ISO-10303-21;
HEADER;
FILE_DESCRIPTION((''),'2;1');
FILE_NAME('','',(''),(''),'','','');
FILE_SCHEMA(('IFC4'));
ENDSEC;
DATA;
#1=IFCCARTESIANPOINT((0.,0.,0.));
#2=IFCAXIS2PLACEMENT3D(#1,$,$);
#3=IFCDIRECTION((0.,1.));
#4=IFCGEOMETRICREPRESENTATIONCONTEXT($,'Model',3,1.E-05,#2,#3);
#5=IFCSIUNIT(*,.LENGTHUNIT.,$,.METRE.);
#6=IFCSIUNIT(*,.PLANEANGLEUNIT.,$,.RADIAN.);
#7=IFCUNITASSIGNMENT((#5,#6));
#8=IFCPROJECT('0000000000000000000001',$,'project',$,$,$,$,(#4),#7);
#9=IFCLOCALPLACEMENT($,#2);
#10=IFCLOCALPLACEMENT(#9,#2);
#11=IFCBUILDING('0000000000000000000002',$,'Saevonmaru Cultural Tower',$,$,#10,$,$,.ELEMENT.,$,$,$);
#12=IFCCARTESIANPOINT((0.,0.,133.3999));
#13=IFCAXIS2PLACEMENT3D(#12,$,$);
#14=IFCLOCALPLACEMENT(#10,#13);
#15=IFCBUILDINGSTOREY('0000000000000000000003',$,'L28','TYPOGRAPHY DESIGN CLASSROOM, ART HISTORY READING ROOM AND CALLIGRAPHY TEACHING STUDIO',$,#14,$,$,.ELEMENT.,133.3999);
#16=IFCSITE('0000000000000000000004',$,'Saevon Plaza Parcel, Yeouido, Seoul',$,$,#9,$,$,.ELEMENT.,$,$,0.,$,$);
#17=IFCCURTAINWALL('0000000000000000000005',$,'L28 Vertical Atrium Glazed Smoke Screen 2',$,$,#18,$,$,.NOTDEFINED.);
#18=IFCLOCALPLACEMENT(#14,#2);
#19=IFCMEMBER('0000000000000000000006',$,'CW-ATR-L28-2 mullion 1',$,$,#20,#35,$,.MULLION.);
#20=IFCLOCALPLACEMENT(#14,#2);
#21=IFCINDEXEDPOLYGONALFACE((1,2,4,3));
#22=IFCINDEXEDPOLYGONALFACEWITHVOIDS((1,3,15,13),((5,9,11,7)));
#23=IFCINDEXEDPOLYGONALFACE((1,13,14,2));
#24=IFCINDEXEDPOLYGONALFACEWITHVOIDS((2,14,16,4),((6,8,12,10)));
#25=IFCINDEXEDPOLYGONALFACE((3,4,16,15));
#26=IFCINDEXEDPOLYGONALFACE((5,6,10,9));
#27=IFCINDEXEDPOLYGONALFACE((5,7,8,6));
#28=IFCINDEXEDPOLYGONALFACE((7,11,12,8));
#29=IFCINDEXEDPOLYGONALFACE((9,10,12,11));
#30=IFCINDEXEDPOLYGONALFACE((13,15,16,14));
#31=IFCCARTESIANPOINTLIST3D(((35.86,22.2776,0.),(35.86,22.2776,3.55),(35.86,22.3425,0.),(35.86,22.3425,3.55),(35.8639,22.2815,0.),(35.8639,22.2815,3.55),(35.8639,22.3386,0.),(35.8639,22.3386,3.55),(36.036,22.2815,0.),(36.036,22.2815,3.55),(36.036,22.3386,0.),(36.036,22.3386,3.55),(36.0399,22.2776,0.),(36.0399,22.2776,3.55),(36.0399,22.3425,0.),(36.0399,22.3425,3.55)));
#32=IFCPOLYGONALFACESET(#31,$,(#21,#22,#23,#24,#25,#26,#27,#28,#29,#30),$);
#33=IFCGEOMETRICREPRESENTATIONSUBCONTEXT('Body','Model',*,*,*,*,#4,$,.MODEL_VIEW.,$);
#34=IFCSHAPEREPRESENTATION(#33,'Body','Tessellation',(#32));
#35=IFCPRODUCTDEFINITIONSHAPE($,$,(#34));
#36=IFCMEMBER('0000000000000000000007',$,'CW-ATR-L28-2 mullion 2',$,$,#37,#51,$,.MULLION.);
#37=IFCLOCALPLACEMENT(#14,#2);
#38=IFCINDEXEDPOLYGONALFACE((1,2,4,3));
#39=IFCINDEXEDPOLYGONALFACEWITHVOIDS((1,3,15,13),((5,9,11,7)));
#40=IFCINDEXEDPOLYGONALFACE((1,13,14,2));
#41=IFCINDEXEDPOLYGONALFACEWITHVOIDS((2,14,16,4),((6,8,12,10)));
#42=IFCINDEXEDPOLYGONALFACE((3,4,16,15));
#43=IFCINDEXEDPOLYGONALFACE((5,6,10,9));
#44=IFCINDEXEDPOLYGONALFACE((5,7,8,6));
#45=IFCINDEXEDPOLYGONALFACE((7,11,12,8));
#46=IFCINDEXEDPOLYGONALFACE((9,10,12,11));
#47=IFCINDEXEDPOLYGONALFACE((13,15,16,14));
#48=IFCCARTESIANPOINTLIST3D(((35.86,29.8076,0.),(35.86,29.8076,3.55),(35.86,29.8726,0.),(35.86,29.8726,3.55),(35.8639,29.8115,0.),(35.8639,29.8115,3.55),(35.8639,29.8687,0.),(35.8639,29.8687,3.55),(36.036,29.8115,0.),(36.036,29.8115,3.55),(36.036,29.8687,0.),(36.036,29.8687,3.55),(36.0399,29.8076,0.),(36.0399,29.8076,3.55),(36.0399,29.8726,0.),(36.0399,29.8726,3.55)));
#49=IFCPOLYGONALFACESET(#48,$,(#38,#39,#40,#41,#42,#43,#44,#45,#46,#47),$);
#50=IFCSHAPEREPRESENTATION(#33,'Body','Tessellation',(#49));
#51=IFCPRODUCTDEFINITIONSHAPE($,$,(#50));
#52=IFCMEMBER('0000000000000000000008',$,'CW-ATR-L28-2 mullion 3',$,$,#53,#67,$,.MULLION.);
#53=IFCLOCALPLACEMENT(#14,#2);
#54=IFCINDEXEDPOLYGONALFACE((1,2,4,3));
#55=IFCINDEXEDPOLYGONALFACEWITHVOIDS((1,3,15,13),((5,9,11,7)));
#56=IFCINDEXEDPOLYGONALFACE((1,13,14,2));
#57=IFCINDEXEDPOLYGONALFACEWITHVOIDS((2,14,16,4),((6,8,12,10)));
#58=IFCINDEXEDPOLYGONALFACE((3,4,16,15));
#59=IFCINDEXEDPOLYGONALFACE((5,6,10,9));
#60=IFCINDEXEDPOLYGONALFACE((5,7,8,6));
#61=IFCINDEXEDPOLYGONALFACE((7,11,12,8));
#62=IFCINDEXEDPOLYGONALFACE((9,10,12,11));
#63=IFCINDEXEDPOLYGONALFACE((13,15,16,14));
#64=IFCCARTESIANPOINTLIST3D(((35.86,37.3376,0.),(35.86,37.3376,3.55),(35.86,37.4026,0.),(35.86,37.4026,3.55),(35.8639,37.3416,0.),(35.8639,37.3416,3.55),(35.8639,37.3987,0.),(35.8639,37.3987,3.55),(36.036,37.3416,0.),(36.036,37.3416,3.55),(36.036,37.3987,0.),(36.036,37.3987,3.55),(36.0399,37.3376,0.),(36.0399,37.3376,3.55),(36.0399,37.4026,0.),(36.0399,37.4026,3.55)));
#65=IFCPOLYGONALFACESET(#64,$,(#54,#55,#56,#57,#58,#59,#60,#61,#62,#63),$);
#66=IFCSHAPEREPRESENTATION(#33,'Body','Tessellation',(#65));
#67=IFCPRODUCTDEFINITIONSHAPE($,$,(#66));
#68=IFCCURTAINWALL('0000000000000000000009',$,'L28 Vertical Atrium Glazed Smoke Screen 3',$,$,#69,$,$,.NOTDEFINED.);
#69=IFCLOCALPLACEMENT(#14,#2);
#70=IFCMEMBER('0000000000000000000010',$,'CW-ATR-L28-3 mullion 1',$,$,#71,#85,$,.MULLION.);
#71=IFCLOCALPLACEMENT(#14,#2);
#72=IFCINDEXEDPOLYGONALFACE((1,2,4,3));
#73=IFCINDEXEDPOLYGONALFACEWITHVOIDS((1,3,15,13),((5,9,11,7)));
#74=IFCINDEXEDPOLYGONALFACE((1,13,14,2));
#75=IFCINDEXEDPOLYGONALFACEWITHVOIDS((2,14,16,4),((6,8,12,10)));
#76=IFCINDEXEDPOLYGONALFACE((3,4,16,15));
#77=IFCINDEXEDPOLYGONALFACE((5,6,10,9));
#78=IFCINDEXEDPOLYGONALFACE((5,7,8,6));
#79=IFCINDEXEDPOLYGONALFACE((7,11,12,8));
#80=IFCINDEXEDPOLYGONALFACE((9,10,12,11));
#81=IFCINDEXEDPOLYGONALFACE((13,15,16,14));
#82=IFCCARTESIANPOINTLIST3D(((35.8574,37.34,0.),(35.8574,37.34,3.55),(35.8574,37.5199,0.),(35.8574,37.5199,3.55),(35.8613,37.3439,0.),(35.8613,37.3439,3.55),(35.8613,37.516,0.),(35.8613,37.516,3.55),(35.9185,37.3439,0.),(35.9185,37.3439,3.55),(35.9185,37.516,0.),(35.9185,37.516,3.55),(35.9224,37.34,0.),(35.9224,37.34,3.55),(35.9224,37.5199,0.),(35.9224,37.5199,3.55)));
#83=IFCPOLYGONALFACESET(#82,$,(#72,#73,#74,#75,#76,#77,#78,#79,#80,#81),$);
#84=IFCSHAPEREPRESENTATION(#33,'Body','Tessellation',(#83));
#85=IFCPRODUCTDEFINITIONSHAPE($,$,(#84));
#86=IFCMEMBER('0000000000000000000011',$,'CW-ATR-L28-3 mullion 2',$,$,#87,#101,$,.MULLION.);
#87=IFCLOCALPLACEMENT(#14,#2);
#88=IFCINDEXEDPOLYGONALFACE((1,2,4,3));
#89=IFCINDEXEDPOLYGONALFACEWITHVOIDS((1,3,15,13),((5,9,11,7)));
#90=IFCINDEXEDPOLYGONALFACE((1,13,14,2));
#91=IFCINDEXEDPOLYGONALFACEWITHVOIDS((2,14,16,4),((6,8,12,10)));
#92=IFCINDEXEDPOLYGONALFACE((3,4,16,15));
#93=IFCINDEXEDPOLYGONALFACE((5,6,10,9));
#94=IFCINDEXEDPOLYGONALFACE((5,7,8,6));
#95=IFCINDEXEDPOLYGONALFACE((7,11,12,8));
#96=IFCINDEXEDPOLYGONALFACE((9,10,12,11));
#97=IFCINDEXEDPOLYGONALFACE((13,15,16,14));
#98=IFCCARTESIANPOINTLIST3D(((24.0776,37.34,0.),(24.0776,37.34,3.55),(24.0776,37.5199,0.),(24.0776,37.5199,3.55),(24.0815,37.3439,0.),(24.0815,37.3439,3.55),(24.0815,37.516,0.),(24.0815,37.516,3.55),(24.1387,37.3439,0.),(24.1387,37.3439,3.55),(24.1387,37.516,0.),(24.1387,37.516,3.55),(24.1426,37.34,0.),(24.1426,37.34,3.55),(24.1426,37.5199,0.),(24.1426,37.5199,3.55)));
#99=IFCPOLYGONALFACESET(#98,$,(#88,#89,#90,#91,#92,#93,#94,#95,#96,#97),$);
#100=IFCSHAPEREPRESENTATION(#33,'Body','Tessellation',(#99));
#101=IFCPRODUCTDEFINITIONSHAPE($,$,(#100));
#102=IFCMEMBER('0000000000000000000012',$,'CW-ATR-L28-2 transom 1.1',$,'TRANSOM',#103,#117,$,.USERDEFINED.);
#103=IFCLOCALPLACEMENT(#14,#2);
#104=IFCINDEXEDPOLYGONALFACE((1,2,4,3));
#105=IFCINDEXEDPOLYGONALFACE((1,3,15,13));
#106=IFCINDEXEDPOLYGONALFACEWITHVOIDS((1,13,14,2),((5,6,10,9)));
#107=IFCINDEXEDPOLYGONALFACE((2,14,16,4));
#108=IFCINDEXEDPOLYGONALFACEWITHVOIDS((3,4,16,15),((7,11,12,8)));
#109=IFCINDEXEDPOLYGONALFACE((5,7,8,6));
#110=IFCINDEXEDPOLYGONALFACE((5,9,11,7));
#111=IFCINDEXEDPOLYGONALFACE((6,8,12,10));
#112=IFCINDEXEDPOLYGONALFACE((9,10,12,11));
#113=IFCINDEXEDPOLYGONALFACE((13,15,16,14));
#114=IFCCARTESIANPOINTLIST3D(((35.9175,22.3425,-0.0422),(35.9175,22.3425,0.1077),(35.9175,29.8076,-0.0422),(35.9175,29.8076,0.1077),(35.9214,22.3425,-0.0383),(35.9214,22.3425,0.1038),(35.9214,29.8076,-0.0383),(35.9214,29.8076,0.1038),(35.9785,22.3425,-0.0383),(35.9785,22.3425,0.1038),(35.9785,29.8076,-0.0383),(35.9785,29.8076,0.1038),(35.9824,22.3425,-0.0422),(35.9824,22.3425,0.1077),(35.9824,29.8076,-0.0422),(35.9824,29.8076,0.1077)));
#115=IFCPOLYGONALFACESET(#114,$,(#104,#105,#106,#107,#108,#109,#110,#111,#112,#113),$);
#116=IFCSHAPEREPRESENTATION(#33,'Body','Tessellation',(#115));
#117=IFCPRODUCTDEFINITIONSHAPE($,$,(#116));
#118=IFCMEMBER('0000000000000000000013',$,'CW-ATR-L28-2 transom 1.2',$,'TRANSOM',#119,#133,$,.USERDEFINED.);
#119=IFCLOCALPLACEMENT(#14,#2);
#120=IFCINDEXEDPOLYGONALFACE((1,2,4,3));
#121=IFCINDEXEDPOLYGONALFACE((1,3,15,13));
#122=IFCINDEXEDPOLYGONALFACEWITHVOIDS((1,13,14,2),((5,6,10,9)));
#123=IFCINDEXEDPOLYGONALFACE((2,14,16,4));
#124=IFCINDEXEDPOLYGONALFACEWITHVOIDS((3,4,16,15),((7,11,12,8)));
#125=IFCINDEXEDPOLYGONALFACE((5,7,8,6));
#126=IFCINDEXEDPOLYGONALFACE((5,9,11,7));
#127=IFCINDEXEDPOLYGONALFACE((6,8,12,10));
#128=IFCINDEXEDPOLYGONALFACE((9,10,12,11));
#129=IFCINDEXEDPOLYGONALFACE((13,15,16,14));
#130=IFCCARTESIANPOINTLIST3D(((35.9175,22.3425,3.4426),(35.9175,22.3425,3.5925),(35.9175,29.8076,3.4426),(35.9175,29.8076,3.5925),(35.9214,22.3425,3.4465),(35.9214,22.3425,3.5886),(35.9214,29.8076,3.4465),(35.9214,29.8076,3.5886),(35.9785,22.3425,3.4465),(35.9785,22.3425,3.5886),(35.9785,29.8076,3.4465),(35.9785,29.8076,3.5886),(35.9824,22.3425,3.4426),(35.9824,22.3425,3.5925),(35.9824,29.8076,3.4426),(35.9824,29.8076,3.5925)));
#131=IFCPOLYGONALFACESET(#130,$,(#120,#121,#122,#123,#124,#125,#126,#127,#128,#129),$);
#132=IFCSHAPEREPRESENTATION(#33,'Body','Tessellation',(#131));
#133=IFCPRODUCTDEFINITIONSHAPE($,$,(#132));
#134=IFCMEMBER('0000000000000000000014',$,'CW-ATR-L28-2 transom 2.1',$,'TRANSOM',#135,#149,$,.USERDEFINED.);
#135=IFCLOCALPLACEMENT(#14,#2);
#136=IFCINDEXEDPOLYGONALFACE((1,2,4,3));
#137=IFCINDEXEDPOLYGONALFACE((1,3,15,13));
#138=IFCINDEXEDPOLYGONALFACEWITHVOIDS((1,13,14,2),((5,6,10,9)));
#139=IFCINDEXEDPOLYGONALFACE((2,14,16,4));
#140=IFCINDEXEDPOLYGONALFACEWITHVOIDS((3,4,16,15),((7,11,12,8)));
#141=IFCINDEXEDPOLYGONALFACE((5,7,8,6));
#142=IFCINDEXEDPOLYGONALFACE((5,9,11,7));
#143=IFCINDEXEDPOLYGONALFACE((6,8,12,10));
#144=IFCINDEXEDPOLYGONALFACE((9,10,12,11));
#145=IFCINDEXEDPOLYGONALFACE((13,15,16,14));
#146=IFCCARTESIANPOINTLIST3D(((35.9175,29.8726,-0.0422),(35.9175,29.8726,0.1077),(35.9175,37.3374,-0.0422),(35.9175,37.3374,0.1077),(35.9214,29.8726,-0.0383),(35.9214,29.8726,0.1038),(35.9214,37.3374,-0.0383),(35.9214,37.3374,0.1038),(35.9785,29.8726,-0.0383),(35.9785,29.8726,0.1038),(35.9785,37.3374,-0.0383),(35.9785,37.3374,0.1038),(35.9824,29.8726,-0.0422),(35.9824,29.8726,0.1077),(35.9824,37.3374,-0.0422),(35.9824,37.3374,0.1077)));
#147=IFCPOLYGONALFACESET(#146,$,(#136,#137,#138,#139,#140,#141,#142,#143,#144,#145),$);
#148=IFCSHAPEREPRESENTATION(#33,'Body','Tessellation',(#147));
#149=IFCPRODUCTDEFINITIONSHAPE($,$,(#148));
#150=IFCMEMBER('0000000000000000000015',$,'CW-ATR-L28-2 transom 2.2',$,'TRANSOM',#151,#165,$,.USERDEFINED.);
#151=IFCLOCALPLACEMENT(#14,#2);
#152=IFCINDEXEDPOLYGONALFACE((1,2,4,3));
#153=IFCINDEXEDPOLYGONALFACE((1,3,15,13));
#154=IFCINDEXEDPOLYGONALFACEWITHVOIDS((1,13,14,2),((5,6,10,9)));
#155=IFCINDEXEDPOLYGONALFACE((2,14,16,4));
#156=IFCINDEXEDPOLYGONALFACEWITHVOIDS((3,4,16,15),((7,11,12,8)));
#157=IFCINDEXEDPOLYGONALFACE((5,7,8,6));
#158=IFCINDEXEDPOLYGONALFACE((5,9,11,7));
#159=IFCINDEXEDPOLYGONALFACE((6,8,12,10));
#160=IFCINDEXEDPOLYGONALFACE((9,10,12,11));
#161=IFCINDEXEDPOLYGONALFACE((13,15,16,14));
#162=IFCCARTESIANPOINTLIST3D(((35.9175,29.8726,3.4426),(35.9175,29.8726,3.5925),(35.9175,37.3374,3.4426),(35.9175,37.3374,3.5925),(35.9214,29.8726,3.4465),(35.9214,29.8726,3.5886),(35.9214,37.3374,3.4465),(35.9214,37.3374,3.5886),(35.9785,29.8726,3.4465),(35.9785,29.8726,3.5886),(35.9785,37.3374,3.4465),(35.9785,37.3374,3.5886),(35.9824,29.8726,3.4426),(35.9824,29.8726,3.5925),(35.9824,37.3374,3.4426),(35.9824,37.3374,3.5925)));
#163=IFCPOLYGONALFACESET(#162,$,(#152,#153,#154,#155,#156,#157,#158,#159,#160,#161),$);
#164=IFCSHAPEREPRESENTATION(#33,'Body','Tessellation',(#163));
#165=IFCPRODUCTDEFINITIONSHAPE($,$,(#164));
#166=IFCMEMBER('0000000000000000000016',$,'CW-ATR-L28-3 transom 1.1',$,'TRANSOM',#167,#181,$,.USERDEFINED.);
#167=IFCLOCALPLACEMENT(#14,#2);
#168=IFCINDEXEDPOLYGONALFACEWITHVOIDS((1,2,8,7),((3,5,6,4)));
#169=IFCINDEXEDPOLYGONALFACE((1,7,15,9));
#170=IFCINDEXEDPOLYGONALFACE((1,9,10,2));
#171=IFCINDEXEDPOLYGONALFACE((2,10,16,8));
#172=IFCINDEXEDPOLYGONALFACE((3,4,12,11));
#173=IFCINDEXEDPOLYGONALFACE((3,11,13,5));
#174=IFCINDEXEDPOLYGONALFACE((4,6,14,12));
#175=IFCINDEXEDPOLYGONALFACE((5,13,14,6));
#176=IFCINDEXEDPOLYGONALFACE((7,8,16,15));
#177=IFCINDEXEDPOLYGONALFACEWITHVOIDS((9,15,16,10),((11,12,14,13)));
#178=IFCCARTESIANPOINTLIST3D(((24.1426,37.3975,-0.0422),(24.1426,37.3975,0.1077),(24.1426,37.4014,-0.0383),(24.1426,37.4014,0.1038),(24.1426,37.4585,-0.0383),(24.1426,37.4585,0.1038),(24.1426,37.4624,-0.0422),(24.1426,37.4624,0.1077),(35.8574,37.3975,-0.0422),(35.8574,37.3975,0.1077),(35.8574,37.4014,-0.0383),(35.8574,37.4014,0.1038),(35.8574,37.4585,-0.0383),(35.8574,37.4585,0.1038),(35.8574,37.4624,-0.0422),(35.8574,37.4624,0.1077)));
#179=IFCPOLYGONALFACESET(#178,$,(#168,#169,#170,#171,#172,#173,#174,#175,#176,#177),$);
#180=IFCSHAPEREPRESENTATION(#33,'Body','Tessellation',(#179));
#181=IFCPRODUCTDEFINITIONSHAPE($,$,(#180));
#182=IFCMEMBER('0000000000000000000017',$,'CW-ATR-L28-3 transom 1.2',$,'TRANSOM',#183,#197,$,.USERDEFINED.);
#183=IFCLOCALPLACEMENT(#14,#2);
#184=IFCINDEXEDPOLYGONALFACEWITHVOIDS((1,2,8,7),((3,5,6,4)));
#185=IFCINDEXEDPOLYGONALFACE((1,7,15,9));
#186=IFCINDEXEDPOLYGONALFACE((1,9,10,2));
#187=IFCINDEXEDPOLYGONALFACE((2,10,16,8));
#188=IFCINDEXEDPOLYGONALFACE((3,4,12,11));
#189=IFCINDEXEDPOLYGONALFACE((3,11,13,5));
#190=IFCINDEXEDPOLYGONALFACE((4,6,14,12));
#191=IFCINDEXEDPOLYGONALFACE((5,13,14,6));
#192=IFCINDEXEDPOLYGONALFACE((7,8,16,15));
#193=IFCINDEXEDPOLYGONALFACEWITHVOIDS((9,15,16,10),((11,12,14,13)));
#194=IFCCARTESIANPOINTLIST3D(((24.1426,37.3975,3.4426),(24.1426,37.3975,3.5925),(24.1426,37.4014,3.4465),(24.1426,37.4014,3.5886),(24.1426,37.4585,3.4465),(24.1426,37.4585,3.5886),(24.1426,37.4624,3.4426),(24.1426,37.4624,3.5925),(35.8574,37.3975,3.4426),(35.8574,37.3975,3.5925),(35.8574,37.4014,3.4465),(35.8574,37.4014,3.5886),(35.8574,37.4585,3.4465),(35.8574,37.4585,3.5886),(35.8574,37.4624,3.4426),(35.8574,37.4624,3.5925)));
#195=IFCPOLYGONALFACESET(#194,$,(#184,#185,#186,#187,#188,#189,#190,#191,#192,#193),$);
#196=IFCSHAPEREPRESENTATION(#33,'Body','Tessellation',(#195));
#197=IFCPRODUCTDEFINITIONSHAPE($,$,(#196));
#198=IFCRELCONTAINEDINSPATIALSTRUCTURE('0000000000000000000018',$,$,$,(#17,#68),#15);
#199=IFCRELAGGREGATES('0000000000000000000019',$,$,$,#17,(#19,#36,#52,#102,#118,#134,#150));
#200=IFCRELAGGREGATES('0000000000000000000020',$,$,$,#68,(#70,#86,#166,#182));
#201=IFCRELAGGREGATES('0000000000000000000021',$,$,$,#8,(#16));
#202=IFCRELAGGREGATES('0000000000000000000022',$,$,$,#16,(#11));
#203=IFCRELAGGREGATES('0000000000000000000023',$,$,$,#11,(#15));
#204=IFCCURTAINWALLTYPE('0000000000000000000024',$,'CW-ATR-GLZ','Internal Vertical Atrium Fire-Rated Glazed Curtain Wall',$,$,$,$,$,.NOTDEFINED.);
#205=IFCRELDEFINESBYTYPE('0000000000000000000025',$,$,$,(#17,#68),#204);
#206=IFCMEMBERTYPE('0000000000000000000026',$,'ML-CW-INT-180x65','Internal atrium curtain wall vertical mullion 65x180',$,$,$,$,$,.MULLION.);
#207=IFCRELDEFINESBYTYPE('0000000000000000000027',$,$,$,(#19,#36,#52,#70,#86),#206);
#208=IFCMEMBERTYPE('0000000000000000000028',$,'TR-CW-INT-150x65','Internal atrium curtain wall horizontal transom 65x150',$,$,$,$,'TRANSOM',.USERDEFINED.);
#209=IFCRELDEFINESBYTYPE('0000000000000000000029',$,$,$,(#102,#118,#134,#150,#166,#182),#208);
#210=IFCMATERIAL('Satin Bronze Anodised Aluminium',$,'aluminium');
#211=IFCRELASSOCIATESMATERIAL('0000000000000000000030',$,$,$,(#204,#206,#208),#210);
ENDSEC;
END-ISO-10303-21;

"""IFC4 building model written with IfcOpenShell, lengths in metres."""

from ifc_helpers import new_model, si_unit, direction, frame, origin, origin_2d, place, context, subcontext, project, spatial, hollow_rectangle, extrude, material, material_profile, profile_set, type_object, element, aggregate, save


model = new_model("IFC4")

# Units and contexts
model_context = context("Model", 3, precision=1e-05, world=origin(), true_north=direction((0.0, 1.0)))
body_context = subcontext(model_context, "Body", "Model", "MODEL_VIEW")
ifc_project = project(units=[si_unit("LENGTHUNIT", "METRE"), si_unit("PLANEANGLEUNIT", "RADIAN")], contexts=[model_context])

# Site, building, storey
site_placement = place(None, origin())
site = spatial("IfcSite", under=ifc_project, at=site_placement, Name="Saevon Plaza Parcel, Yeouido, Seoul", CompositionType="ELEMENT", RefElevation=0.0)
building_placement = place(site_placement, origin())
building = spatial("IfcBuilding", under=site, at=building_placement, Name="Saevonmaru Cultural Tower", CompositionType="ELEMENT")
storey_placement = place(building_placement, frame((0.0, 0.0, 133.3999)))
storey = spatial("IfcBuildingStorey", under=building, at=storey_placement, Name="L28", Description="TYPOGRAPHY DESIGN CLASSROOM, ART HISTORY READING ROOM AND CALLIGRAPHY TEACHING STUDIO", CompositionType="ELEMENT", Elevation=133.3999)

# Curtain walls, members
ifc_material_1 = material(Name="Satin Bronze Anodised Aluminium", Category="aluminium")
curtain_wall_type = type_object("IfcCurtainWallType", Name="CW-ATR-GLZ", Description="Internal Vertical Atrium Fire-Rated Glazed Curtain Wall", PredefinedType="NOTDEFINED", material=ifc_material_1)
curtain_wall_1_placement = place(storey_placement, origin())
curtain_wall_1 = element("IfcCurtainWall", 1, at=curtain_wall_1_placement, inside=storey, type_object=curtain_wall_type, Name="L28 Vertical Atrium Glazed Smoke Screen 2", PredefinedType="NOTDEFINED")
ifc_material_profile_1 = material_profile(ifc_material_1, hollow_rectangle(XDim=0.0649, YDim=0.1799, WallThickness=0.0039, at=origin_2d()), Name="ALU-MULL-180x65x4")
ifc_profile_set_1 = profile_set([ifc_material_profile_1], Name="Satin Bronze Anodised Aluminium")
member_type_1 = type_object("IfcMemberType", Name="ML-CW-INT-180x65", Description="Internal atrium curtain wall vertical mullion 65x180", PredefinedType="MULLION", material=ifc_profile_set_1)
member_1_placement = place(storey_placement, frame((35.95, 22.3101, 0.0), z_axis=(0.0, 0.0, 1.0), x_axis=(0.0, 1.0, 0.0)))
member_1 = element("IfcMember", 2, at=member_1_placement, type_object=member_type_1, Name="CW-ATR-L28-2 mullion 1", PredefinedType="MULLION", context=body_context, shape_type="SweptSolid", body=[
    extrude(hollow_rectangle(XDim=0.0649, YDim=0.1799, WallThickness=0.0039, at=origin_2d()), origin(), (0.0, 0.0, 1.0), 3.55),
])
member_2_placement = place(storey_placement, frame((35.95, 29.8401, 0.0), z_axis=(0.0, 0.0, 1.0), x_axis=(0.0, 1.0, 0.0)))
member_2 = element("IfcMember", 3, at=member_2_placement, type_object=member_type_1, Name="CW-ATR-L28-2 mullion 2", PredefinedType="MULLION", context=body_context, shape_type="SweptSolid", body=[
    extrude(hollow_rectangle(XDim=0.0649, YDim=0.1799, WallThickness=0.0039, at=origin_2d()), origin(), (0.0, 0.0, 1.0), 3.55),
])
member_3_placement = place(storey_placement, frame((35.95, 37.3701, 0.0), z_axis=(0.0, 0.0, 1.0), x_axis=(0.0, 1.0, 0.0)))
member_3 = element("IfcMember", 4, at=member_3_placement, type_object=member_type_1, Name="CW-ATR-L28-2 mullion 3", PredefinedType="MULLION", context=body_context, shape_type="SweptSolid", body=[
    extrude(hollow_rectangle(XDim=0.0649, YDim=0.1799, WallThickness=0.0039, at=origin_2d()), origin(), (0.0, 0.0, 1.0), 3.55),
])
curtain_wall_2_placement = place(storey_placement, origin())
curtain_wall_2 = element("IfcCurtainWall", 5, at=curtain_wall_2_placement, inside=storey, type_object=curtain_wall_type, Name="L28 Vertical Atrium Glazed Smoke Screen 3", PredefinedType="NOTDEFINED")
member_4_placement = place(storey_placement, frame((35.8899, 37.4299, 0.0), z_axis=(0.0, 0.0, 1.0), x_axis=(-1.0, 0.0, 0.0)))
member_4 = element("IfcMember", 6, at=member_4_placement, type_object=member_type_1, Name="CW-ATR-L28-3 mullion 1", PredefinedType="MULLION", context=body_context, shape_type="SweptSolid", body=[
    extrude(hollow_rectangle(XDim=0.0649, YDim=0.1799, WallThickness=0.0039, at=origin_2d()), origin(), (0.0, 0.0, 1.0), 3.55),
])
member_5_placement = place(storey_placement, frame((24.1101, 37.4299, 0.0), z_axis=(0.0, 0.0, 1.0), x_axis=(-1.0, 0.0, 0.0)))
member_5 = element("IfcMember", 7, at=member_5_placement, type_object=member_type_1, Name="CW-ATR-L28-3 mullion 2", PredefinedType="MULLION", context=body_context, shape_type="SweptSolid", body=[
    extrude(hollow_rectangle(XDim=0.0649, YDim=0.1799, WallThickness=0.0039, at=origin_2d()), origin(), (0.0, 0.0, 1.0), 3.55),
])

# Members
ifc_material_profile_2 = material_profile(ifc_material_1, hollow_rectangle(XDim=0.0649, YDim=0.1499, WallThickness=0.0039, at=origin_2d()), Name="ALU-TRAN-150x65x4")
ifc_profile_set_2 = profile_set([ifc_material_profile_2], Name="Satin Bronze Anodised Aluminium")
member_type_2 = type_object("IfcMemberType", Name="TR-CW-INT-150x65", Description="Internal atrium curtain wall horizontal transom 65x150", ElementType="TRANSOM", PredefinedType="USERDEFINED", material=ifc_profile_set_2)
member_6_placement = place(storey_placement, frame((35.95, 22.3425, 0.0327), z_axis=(0.0, 1.0, 0.0), x_axis=(-1.0, 0.0, 0.0)))
member_6 = element("IfcMember", 8, at=member_6_placement, type_object=member_type_2, Name="CW-ATR-L28-2 transom 1.1", ObjectType="TRANSOM", PredefinedType="USERDEFINED", context=body_context, shape_type="SweptSolid", body=[
    extrude(hollow_rectangle(XDim=0.0649, YDim=0.1499, WallThickness=0.0039, at=origin_2d()), origin(), (0.0, 0.0, 1.0), 7.4651),
])
member_7_placement = place(storey_placement, frame((35.95, 22.3425, 3.5176), z_axis=(0.0, 1.0, 0.0), x_axis=(-1.0, 0.0, 0.0)))
member_7 = element("IfcMember", 9, at=member_7_placement, type_object=member_type_2, Name="CW-ATR-L28-2 transom 1.2", ObjectType="TRANSOM", PredefinedType="USERDEFINED", context=body_context, shape_type="SweptSolid", body=[
    extrude(hollow_rectangle(XDim=0.0649, YDim=0.1499, WallThickness=0.0039, at=origin_2d()), origin(), (0.0, 0.0, 1.0), 7.4651),
])
member_8_placement = place(storey_placement, frame((35.95, 29.8726, 0.0327), z_axis=(0.0, 1.0, 0.0), x_axis=(-1.0, 0.0, 0.0)))
member_8 = element("IfcMember", 10, at=member_8_placement, type_object=member_type_2, Name="CW-ATR-L28-2 transom 2.1", ObjectType="TRANSOM", PredefinedType="USERDEFINED", context=body_context, shape_type="SweptSolid", body=[
    extrude(hollow_rectangle(XDim=0.0649, YDim=0.1499, WallThickness=0.0039, at=origin_2d()), origin(), (0.0, 0.0, 1.0), 7.4648),
])
member_9_placement = place(storey_placement, frame((35.95, 29.8726, 3.5176), z_axis=(0.0, 1.0, 0.0), x_axis=(-1.0, 0.0, 0.0)))
member_9 = element("IfcMember", 11, at=member_9_placement, type_object=member_type_2, Name="CW-ATR-L28-2 transom 2.2", ObjectType="TRANSOM", PredefinedType="USERDEFINED", context=body_context, shape_type="SweptSolid", body=[
    extrude(hollow_rectangle(XDim=0.0649, YDim=0.1499, WallThickness=0.0039, at=origin_2d()), origin(), (0.0, 0.0, 1.0), 7.4648),
])
member_10_placement = place(storey_placement, frame((35.8574, 37.4299, 0.0327), z_axis=(-1.0, 0.0, 0.0), x_axis=(0.0, -1.0, 0.0)))
member_10 = element("IfcMember", 12, at=member_10_placement, type_object=member_type_2, Name="CW-ATR-L28-3 transom 1.1", ObjectType="TRANSOM", PredefinedType="USERDEFINED", context=body_context, shape_type="SweptSolid", body=[
    extrude(hollow_rectangle(XDim=0.0649, YDim=0.1499, WallThickness=0.0039, at=origin_2d()), origin(), (0.0, 0.0, 1.0), 11.7148),
])
member_11_placement = place(storey_placement, frame((35.8574, 37.4299, 3.5176), z_axis=(-1.0, 0.0, 0.0), x_axis=(0.0, -1.0, 0.0)))
member_11 = element("IfcMember", 13, at=member_11_placement, type_object=member_type_2, Name="CW-ATR-L28-3 transom 1.2", ObjectType="TRANSOM", PredefinedType="USERDEFINED", context=body_context, shape_type="SweptSolid", body=[
    extrude(hollow_rectangle(XDim=0.0649, YDim=0.1499, WallThickness=0.0039, at=origin_2d()), origin(), (0.0, 0.0, 1.0), 11.7148),
])

aggregate(curtain_wall_1, [member_1, member_2, member_3, member_6, member_7, member_8, member_9])
aggregate(curtain_wall_2, [member_4, member_5, member_10, member_11])

save(model, "model.ifc")
